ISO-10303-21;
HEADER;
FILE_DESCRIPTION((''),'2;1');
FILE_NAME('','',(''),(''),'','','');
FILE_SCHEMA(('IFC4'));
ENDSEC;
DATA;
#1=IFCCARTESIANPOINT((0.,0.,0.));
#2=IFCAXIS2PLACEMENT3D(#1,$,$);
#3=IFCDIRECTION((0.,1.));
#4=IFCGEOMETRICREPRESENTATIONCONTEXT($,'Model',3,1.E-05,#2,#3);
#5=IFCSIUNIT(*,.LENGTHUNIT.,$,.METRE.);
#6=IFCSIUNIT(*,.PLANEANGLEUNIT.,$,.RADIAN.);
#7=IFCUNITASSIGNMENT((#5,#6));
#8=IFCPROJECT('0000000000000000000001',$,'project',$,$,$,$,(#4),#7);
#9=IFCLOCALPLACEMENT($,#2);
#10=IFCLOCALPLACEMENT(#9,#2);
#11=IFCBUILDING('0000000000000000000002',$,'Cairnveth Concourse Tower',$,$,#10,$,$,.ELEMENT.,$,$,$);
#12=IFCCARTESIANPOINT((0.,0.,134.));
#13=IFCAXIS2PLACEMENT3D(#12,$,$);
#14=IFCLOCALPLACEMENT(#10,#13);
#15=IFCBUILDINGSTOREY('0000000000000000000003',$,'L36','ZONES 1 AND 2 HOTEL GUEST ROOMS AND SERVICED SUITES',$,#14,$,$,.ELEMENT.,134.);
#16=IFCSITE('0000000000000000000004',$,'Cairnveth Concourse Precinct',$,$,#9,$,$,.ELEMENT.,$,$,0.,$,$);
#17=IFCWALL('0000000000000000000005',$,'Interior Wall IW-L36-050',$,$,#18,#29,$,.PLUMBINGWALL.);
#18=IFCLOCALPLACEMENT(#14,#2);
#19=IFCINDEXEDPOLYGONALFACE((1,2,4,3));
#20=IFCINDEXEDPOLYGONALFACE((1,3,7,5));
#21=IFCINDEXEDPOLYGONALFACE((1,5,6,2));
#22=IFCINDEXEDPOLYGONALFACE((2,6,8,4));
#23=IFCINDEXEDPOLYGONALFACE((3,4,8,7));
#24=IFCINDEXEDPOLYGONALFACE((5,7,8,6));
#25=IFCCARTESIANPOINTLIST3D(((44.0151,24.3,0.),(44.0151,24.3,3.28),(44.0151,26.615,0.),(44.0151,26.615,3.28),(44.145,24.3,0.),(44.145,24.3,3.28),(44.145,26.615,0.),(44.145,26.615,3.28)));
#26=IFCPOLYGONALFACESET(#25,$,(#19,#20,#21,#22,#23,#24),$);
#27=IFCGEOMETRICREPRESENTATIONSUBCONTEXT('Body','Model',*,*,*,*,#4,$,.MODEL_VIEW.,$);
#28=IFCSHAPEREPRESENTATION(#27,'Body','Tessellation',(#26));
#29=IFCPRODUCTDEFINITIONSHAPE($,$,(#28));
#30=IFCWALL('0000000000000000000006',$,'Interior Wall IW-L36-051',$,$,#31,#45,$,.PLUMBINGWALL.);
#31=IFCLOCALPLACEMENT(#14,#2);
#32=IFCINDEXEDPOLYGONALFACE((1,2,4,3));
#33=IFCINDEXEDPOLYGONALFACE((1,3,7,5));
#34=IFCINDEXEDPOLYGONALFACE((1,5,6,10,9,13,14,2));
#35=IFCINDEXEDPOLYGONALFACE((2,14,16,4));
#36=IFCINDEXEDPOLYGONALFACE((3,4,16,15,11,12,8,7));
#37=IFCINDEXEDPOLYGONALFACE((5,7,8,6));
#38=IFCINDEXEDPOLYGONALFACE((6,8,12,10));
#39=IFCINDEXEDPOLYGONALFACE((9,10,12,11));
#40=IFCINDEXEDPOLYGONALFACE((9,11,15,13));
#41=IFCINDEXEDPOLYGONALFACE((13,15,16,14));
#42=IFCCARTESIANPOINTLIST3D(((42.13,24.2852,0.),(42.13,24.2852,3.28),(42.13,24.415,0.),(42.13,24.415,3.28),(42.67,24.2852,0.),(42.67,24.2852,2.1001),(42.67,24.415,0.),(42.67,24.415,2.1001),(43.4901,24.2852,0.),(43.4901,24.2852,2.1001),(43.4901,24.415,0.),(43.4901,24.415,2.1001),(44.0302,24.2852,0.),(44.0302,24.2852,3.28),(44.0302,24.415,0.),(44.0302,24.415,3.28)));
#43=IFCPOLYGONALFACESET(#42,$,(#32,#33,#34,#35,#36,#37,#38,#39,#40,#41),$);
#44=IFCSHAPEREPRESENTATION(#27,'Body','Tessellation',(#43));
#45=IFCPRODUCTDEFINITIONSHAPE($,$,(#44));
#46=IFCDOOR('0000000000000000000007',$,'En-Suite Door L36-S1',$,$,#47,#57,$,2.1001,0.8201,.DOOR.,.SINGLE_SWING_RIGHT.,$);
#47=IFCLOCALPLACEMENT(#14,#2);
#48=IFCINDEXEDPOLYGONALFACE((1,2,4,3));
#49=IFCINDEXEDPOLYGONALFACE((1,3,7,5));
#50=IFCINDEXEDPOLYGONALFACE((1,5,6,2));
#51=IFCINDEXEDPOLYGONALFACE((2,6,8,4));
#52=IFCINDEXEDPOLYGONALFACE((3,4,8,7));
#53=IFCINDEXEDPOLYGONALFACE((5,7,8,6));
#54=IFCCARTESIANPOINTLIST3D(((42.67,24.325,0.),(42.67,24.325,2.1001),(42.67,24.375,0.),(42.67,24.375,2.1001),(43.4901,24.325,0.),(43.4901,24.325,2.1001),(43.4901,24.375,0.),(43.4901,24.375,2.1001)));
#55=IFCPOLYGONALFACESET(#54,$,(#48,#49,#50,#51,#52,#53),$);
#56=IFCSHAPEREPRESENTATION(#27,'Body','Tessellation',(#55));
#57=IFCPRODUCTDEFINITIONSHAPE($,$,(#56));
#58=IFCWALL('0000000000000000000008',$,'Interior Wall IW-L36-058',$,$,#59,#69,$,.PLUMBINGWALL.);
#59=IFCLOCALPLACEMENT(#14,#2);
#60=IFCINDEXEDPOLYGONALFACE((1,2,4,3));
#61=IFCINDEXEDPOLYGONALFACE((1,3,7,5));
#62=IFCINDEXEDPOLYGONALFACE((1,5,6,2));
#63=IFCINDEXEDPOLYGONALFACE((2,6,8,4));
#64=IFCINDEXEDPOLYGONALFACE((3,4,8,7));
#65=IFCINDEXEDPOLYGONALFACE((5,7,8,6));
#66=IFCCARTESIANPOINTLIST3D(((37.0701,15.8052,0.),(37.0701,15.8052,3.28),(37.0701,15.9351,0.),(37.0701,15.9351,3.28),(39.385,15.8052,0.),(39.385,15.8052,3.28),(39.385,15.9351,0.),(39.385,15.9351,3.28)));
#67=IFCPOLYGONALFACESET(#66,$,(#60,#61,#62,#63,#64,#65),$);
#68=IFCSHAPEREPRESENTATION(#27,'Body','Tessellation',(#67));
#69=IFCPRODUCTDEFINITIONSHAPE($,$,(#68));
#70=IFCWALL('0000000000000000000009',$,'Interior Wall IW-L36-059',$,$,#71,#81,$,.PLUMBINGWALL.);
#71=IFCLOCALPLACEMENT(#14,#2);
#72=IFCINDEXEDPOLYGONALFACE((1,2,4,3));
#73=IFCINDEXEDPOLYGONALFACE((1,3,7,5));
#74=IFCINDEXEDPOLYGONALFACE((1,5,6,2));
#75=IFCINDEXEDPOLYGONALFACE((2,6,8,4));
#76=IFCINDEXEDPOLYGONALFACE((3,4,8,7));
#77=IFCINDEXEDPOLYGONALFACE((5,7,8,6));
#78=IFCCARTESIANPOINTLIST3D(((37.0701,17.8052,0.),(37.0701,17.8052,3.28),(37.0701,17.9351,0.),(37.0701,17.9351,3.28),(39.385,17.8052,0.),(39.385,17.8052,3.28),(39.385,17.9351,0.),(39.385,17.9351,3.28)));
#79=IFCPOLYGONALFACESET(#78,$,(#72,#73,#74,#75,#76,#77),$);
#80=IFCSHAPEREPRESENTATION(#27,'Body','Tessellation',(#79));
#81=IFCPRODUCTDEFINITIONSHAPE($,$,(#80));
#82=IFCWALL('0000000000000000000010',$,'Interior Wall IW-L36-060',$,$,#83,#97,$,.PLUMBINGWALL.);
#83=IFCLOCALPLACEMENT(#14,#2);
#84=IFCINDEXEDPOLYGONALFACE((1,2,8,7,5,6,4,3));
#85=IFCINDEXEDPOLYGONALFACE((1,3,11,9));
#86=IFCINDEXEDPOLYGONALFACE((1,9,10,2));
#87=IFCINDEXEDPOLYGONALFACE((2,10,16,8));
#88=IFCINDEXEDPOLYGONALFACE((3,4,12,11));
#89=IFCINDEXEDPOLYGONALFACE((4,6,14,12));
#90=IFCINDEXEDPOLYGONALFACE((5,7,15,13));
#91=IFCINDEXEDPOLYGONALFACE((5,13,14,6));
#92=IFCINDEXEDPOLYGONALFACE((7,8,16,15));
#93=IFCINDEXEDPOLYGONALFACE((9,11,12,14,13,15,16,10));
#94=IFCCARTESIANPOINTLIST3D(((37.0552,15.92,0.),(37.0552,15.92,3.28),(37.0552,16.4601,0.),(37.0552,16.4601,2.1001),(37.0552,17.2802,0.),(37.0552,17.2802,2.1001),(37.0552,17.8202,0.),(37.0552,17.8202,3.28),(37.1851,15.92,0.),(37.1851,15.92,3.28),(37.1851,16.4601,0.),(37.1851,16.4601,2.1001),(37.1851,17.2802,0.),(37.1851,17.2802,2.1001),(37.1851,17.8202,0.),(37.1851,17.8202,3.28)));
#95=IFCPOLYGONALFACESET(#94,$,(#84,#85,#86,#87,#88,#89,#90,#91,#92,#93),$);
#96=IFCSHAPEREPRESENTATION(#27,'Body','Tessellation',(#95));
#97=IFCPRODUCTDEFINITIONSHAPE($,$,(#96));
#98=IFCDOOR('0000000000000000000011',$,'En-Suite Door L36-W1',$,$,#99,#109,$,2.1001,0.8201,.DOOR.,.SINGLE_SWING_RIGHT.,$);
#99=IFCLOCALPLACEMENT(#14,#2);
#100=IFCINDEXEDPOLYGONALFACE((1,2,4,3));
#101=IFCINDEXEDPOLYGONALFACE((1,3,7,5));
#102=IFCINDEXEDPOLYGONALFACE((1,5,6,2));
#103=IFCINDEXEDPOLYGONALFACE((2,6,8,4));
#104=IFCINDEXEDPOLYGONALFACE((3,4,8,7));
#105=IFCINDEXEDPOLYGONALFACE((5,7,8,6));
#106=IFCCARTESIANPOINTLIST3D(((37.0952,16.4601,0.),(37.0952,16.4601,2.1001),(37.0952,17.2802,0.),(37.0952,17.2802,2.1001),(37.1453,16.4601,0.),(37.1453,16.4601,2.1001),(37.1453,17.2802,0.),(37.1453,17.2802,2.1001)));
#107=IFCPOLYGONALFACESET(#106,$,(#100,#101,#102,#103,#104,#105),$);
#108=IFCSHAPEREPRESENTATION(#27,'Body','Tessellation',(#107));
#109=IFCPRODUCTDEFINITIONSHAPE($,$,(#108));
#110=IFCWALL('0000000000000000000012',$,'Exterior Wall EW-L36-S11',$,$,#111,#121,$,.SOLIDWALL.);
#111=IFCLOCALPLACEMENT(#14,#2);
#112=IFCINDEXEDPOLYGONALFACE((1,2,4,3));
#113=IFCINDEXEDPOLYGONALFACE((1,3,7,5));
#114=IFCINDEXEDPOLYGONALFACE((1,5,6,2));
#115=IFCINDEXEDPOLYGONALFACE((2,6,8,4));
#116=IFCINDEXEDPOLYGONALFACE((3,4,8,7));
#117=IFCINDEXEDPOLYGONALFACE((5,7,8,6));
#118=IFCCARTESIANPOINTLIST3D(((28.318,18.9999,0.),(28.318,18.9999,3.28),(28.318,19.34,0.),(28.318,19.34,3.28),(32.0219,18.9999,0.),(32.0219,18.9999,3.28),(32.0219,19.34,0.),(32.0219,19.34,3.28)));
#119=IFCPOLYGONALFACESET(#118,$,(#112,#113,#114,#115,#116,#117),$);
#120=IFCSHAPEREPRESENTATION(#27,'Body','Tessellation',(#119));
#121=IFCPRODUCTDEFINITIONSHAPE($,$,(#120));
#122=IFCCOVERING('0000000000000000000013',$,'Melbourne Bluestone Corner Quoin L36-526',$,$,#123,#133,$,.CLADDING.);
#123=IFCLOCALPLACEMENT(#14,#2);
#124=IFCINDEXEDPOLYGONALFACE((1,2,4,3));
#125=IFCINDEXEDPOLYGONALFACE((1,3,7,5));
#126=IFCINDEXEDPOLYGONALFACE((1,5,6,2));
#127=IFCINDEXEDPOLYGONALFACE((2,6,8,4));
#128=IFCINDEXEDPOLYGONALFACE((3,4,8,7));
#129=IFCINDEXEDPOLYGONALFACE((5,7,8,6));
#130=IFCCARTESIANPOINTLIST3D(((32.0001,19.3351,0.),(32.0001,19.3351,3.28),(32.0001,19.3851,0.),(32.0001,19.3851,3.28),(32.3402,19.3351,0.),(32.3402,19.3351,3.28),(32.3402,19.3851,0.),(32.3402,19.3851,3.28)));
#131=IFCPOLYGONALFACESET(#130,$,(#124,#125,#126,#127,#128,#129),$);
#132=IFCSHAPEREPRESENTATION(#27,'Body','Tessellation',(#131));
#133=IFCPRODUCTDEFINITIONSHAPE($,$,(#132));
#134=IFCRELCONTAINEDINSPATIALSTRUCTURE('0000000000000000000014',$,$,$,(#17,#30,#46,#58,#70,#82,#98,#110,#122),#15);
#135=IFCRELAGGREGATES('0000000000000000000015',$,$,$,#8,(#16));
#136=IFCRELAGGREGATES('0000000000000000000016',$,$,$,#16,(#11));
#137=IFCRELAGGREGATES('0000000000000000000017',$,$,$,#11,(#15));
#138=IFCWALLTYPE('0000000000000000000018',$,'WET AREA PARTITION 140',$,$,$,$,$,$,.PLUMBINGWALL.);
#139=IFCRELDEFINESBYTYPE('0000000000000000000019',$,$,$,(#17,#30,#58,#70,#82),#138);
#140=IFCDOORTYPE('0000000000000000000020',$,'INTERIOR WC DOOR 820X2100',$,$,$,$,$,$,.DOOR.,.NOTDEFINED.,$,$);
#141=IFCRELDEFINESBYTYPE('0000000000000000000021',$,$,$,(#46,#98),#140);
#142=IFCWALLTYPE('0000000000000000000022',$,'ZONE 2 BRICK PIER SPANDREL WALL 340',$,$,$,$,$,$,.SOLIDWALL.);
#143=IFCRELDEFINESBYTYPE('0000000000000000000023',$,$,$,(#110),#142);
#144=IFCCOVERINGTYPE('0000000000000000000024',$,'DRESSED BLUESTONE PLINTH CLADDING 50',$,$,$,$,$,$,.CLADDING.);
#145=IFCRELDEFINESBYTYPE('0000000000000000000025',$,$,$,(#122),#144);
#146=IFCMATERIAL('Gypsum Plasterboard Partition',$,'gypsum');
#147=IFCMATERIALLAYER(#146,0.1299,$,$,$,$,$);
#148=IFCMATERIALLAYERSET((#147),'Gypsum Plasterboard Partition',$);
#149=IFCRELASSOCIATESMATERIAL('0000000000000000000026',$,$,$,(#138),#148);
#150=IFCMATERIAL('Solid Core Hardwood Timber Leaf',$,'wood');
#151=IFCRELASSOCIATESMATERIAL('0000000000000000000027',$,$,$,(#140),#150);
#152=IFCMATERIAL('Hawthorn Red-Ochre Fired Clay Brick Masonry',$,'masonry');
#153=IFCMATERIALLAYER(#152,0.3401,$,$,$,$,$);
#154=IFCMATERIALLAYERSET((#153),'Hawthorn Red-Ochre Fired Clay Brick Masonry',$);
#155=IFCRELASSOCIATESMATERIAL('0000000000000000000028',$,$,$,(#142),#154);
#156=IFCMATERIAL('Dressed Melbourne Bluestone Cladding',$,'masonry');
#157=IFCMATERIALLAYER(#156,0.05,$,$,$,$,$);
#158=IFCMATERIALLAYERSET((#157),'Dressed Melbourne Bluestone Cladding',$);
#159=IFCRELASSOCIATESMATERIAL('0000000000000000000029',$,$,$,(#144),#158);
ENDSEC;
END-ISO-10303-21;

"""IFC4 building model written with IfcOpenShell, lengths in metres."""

from ifc_helpers import new_model, si_unit, direction, frame, frame_2d, origin, place, context, subcontext, project, spatial, rectangle, extrude, material, layer, layer_set, type_object, element, fill, save


model = new_model("IFC4")

# Units and contexts
model_context = context("Model", 3, precision=1e-05, world=origin(), true_north=direction((0.0, 1.0)))
body_context = subcontext(model_context, "Body", "Model", "MODEL_VIEW")
ifc_project = project(units=[si_unit("LENGTHUNIT", "METRE"), si_unit("PLANEANGLEUNIT", "RADIAN")], contexts=[model_context])

# Site, building, storey
site_placement = place(None, origin())
site = spatial("IfcSite", under=ifc_project, at=site_placement, Name="Cairnveth Concourse Precinct", CompositionType="ELEMENT", RefElevation=0.0)
building_placement = place(site_placement, origin())
building = spatial("IfcBuilding", under=site, at=building_placement, Name="Cairnveth Concourse Tower", CompositionType="ELEMENT")
storey_placement = place(building_placement, frame((0.0, 0.0, 134.0)))
storey = spatial("IfcBuildingStorey", under=building, at=storey_placement, Name="L36", Description="ZONES 1 AND 2 HOTEL GUEST ROOMS AND SERVICED SUITES", CompositionType="ELEMENT", Elevation=134.0)

# Shared definitions
ifc_material_1 = material(Name="Gypsum Plasterboard Partition", Category="gypsum")

# Shared definitions
ifc_material_2 = material(Name="Solid Core Hardwood Timber Leaf", Category="wood")

# Wall
ifc_layer_1 = layer(ifc_material_1, 0.1299)
ifc_layer_set_1 = layer_set([ifc_layer_1], Name="Gypsum Plasterboard Partition")
wall_type_1 = type_object("IfcWallType", Name="WET AREA PARTITION 140", PredefinedType="PLUMBINGWALL", material=ifc_layer_set_1)
for number, where, z_axis, x_axis, name in (
    (1, (44.0801, 24.3, 0.0), (0.0, 0.0, 1.0), (0.0, 1.0, 0.0), "Interior Wall IW-L36-050"),
):
    element("IfcWall", number, at=place(storey_placement, frame(where, z_axis=z_axis, x_axis=x_axis)), inside=storey, type_object=wall_type_1, Name=name, PredefinedType="PLUMBINGWALL", context=body_context, shape_type="SweptSolid", body=[
        extrude(rectangle(XDim=2.3149, YDim=0.1299, at=frame_2d((1.1575, 0.0))), origin(), (0.0, 0.0, 1.0), 3.28),
    ])

# Wall, opening, door
wall_1_placement = place(storey_placement, frame((42.1299, 24.3501, 0.0), z_axis=(0.0, 0.0, 1.0), x_axis=(1.0, 0.0, 0.0)))
wall_1 = element("IfcWall", 2, at=wall_1_placement, inside=storey, type_object=wall_type_1, Name="Interior Wall IW-L36-051", PredefinedType="PLUMBINGWALL", context=body_context, shape_type="SweptSolid", body=[
    extrude(rectangle(XDim=1.9001, YDim=0.1299, at=frame_2d((0.9502, 0.0))), origin(), (0.0, 0.0, 1.0), 3.28),
])
opening_1_placement = place(wall_1_placement, frame((0.54, 0.0, 0.0)))
opening_1 = element("IfcOpeningElement", 3, at=opening_1_placement, cuts=wall_1, PredefinedType="OPENING", context=body_context, shape_type="SweptSolid", body=[
    extrude(rectangle(XDim=0.8201, YDim=2.1001, at=frame_2d((0.4102, 1.05))), frame((0.0, 0.075, 0.0), z_axis=(0.0, -1.0, 0.0), x_axis=(1.0, 0.0, 0.0)), (0.0, 0.0, 1.0), 0.1499),
])
door_type_1 = type_object("IfcDoorType", Name="INTERIOR WC DOOR 820X2100", OperationType="NOTDEFINED", PredefinedType="DOOR", material=ifc_material_2)
door_1_placement = place(opening_1_placement, origin())
door_1 = element("IfcDoor", 4, at=door_1_placement, inside=storey, type_object=door_type_1, Name="En-Suite Door L36-S1", OperationType="SINGLE_SWING_RIGHT", OverallHeight=2.1001, OverallWidth=0.8201, PredefinedType="DOOR", context=body_context, shape_type="SweptSolid", body=[
    extrude(rectangle(XDim=0.8201, YDim=2.1001, at=frame_2d((0.4102, 1.05))), frame((0.0, 0.0249, 0.0), z_axis=(0.0, -1.0, 0.0), x_axis=(1.0, 0.0, 0.0)), (0.0, 0.0, 1.0), 0.05),
])
fill(opening_1, door_1)

# Walls
for number, where, z_axis, x_axis, name in (
    (5, (37.0701, 15.8701, 0.0), (0.0, 0.0, 1.0), (1.0, 0.0, 0.0), "Interior Wall IW-L36-058"),
    (6, (37.0701, 17.8701, 0.0), (0.0, 0.0, 1.0), (1.0, 0.0, 0.0), "Interior Wall IW-L36-059"),
):
    element("IfcWall", number, at=place(storey_placement, frame(where, z_axis=z_axis, x_axis=x_axis)), inside=storey, type_object=wall_type_1, Name=name, PredefinedType="PLUMBINGWALL", context=body_context, shape_type="SweptSolid", body=[
        extrude(rectangle(XDim=2.3149, YDim=0.1299, at=frame_2d((1.1575, 0.0))), origin(), (0.0, 0.0, 1.0), 3.28),
    ])

# Wall, opening, door
wall_2_placement = place(storey_placement, frame((37.1201, 15.9199, 0.0), z_axis=(0.0, 0.0, 1.0), x_axis=(0.0, 1.0, 0.0)))
wall_2 = element("IfcWall", 7, at=wall_2_placement, inside=storey, type_object=wall_type_1, Name="Interior Wall IW-L36-060", PredefinedType="PLUMBINGWALL", context=body_context, shape_type="SweptSolid", body=[
    extrude(rectangle(XDim=1.9001, YDim=0.1299, at=frame_2d((0.9502, 0.0))), origin(), (0.0, 0.0, 1.0), 3.28),
])
opening_2_placement = place(wall_2_placement, frame((0.54, 0.0, 0.0)))
opening_2 = element("IfcOpeningElement", 8, at=opening_2_placement, cuts=wall_2, PredefinedType="OPENING", context=body_context, shape_type="SweptSolid", body=[
    extrude(rectangle(XDim=0.8201, YDim=2.1001, at=frame_2d((0.4102, 1.05))), frame((0.0, 0.075, 0.0), z_axis=(0.0, -1.0, 0.0), x_axis=(1.0, 0.0, 0.0)), (0.0, 0.0, 1.0), 0.1499),
])
door_2_placement = place(opening_2_placement, origin())
door_2 = element("IfcDoor", 9, at=door_2_placement, inside=storey, type_object=door_type_1, Name="En-Suite Door L36-W1", OperationType="SINGLE_SWING_RIGHT", OverallHeight=2.1001, OverallWidth=0.8201, PredefinedType="DOOR", context=body_context, shape_type="SweptSolid", body=[
    extrude(rectangle(XDim=0.8201, YDim=2.1001, at=frame_2d((0.4102, 1.05))), frame((0.0, 0.0249, 0.0), z_axis=(0.0, -1.0, 0.0), x_axis=(1.0, 0.0, 0.0)), (0.0, 0.0, 1.0), 0.05),
])
fill(opening_2, door_2)

# Wall
ifc_material_3 = material(Name="Hawthorn Red-Ochre Fired Clay Brick Masonry", Category="masonry")
ifc_layer_2 = layer(ifc_material_3, 0.3401)
ifc_layer_set_2 = layer_set([ifc_layer_2], Name="Hawthorn Red-Ochre Fired Clay Brick Masonry")
wall_type_2 = type_object("IfcWallType", Name="ZONE 2 BRICK PIER SPANDREL WALL 340", PredefinedType="SOLIDWALL", material=ifc_layer_set_2)
wall_3_placement = place(storey_placement, frame((32.022, 19.1699, 0.0), z_axis=(0.0, 0.0, 1.0), x_axis=(-1.0, 0.0, 0.0)))
element("IfcWall", 10, at=wall_3_placement, inside=storey, type_object=wall_type_2, Name="Exterior Wall EW-L36-S11", PredefinedType="SOLIDWALL", context=body_context, shape_type="SweptSolid", body=[
    extrude(rectangle(XDim=3.7039, YDim=0.3401, at=frame_2d((1.8521, 0.0))), origin(), (0.0, 0.0, 1.0), 3.28),
])

# Covering
ifc_material_4 = material(Name="Dressed Melbourne Bluestone Cladding", Category="masonry")
ifc_layer_3 = layer(ifc_material_4, 0.05)
ifc_layer_set_3 = layer_set([ifc_layer_3], Name="Dressed Melbourne Bluestone Cladding")
covering_type = type_object("IfcCoveringType", Name="DRESSED BLUESTONE PLINTH CLADDING 50", PredefinedType="CLADDING", material=ifc_layer_set_3)
covering_placement = place(storey_placement, frame((32.3401, 19.3601, 0.0), z_axis=(0.0, 0.0, 1.0), x_axis=(-1.0, 0.0, 0.0)))
element("IfcCovering", 11, at=covering_placement, inside=storey, type_object=covering_type, Name="Melbourne Bluestone Corner Quoin L36-526", PredefinedType="CLADDING", context=body_context, shape_type="SweptSolid", body=[
    extrude(rectangle(XDim=0.3401, YDim=0.05, at=frame_2d((0.1699, 0.0))), origin(), (0.0, 0.0, 1.0), 3.28),
])

save(model, "model.ifc")
